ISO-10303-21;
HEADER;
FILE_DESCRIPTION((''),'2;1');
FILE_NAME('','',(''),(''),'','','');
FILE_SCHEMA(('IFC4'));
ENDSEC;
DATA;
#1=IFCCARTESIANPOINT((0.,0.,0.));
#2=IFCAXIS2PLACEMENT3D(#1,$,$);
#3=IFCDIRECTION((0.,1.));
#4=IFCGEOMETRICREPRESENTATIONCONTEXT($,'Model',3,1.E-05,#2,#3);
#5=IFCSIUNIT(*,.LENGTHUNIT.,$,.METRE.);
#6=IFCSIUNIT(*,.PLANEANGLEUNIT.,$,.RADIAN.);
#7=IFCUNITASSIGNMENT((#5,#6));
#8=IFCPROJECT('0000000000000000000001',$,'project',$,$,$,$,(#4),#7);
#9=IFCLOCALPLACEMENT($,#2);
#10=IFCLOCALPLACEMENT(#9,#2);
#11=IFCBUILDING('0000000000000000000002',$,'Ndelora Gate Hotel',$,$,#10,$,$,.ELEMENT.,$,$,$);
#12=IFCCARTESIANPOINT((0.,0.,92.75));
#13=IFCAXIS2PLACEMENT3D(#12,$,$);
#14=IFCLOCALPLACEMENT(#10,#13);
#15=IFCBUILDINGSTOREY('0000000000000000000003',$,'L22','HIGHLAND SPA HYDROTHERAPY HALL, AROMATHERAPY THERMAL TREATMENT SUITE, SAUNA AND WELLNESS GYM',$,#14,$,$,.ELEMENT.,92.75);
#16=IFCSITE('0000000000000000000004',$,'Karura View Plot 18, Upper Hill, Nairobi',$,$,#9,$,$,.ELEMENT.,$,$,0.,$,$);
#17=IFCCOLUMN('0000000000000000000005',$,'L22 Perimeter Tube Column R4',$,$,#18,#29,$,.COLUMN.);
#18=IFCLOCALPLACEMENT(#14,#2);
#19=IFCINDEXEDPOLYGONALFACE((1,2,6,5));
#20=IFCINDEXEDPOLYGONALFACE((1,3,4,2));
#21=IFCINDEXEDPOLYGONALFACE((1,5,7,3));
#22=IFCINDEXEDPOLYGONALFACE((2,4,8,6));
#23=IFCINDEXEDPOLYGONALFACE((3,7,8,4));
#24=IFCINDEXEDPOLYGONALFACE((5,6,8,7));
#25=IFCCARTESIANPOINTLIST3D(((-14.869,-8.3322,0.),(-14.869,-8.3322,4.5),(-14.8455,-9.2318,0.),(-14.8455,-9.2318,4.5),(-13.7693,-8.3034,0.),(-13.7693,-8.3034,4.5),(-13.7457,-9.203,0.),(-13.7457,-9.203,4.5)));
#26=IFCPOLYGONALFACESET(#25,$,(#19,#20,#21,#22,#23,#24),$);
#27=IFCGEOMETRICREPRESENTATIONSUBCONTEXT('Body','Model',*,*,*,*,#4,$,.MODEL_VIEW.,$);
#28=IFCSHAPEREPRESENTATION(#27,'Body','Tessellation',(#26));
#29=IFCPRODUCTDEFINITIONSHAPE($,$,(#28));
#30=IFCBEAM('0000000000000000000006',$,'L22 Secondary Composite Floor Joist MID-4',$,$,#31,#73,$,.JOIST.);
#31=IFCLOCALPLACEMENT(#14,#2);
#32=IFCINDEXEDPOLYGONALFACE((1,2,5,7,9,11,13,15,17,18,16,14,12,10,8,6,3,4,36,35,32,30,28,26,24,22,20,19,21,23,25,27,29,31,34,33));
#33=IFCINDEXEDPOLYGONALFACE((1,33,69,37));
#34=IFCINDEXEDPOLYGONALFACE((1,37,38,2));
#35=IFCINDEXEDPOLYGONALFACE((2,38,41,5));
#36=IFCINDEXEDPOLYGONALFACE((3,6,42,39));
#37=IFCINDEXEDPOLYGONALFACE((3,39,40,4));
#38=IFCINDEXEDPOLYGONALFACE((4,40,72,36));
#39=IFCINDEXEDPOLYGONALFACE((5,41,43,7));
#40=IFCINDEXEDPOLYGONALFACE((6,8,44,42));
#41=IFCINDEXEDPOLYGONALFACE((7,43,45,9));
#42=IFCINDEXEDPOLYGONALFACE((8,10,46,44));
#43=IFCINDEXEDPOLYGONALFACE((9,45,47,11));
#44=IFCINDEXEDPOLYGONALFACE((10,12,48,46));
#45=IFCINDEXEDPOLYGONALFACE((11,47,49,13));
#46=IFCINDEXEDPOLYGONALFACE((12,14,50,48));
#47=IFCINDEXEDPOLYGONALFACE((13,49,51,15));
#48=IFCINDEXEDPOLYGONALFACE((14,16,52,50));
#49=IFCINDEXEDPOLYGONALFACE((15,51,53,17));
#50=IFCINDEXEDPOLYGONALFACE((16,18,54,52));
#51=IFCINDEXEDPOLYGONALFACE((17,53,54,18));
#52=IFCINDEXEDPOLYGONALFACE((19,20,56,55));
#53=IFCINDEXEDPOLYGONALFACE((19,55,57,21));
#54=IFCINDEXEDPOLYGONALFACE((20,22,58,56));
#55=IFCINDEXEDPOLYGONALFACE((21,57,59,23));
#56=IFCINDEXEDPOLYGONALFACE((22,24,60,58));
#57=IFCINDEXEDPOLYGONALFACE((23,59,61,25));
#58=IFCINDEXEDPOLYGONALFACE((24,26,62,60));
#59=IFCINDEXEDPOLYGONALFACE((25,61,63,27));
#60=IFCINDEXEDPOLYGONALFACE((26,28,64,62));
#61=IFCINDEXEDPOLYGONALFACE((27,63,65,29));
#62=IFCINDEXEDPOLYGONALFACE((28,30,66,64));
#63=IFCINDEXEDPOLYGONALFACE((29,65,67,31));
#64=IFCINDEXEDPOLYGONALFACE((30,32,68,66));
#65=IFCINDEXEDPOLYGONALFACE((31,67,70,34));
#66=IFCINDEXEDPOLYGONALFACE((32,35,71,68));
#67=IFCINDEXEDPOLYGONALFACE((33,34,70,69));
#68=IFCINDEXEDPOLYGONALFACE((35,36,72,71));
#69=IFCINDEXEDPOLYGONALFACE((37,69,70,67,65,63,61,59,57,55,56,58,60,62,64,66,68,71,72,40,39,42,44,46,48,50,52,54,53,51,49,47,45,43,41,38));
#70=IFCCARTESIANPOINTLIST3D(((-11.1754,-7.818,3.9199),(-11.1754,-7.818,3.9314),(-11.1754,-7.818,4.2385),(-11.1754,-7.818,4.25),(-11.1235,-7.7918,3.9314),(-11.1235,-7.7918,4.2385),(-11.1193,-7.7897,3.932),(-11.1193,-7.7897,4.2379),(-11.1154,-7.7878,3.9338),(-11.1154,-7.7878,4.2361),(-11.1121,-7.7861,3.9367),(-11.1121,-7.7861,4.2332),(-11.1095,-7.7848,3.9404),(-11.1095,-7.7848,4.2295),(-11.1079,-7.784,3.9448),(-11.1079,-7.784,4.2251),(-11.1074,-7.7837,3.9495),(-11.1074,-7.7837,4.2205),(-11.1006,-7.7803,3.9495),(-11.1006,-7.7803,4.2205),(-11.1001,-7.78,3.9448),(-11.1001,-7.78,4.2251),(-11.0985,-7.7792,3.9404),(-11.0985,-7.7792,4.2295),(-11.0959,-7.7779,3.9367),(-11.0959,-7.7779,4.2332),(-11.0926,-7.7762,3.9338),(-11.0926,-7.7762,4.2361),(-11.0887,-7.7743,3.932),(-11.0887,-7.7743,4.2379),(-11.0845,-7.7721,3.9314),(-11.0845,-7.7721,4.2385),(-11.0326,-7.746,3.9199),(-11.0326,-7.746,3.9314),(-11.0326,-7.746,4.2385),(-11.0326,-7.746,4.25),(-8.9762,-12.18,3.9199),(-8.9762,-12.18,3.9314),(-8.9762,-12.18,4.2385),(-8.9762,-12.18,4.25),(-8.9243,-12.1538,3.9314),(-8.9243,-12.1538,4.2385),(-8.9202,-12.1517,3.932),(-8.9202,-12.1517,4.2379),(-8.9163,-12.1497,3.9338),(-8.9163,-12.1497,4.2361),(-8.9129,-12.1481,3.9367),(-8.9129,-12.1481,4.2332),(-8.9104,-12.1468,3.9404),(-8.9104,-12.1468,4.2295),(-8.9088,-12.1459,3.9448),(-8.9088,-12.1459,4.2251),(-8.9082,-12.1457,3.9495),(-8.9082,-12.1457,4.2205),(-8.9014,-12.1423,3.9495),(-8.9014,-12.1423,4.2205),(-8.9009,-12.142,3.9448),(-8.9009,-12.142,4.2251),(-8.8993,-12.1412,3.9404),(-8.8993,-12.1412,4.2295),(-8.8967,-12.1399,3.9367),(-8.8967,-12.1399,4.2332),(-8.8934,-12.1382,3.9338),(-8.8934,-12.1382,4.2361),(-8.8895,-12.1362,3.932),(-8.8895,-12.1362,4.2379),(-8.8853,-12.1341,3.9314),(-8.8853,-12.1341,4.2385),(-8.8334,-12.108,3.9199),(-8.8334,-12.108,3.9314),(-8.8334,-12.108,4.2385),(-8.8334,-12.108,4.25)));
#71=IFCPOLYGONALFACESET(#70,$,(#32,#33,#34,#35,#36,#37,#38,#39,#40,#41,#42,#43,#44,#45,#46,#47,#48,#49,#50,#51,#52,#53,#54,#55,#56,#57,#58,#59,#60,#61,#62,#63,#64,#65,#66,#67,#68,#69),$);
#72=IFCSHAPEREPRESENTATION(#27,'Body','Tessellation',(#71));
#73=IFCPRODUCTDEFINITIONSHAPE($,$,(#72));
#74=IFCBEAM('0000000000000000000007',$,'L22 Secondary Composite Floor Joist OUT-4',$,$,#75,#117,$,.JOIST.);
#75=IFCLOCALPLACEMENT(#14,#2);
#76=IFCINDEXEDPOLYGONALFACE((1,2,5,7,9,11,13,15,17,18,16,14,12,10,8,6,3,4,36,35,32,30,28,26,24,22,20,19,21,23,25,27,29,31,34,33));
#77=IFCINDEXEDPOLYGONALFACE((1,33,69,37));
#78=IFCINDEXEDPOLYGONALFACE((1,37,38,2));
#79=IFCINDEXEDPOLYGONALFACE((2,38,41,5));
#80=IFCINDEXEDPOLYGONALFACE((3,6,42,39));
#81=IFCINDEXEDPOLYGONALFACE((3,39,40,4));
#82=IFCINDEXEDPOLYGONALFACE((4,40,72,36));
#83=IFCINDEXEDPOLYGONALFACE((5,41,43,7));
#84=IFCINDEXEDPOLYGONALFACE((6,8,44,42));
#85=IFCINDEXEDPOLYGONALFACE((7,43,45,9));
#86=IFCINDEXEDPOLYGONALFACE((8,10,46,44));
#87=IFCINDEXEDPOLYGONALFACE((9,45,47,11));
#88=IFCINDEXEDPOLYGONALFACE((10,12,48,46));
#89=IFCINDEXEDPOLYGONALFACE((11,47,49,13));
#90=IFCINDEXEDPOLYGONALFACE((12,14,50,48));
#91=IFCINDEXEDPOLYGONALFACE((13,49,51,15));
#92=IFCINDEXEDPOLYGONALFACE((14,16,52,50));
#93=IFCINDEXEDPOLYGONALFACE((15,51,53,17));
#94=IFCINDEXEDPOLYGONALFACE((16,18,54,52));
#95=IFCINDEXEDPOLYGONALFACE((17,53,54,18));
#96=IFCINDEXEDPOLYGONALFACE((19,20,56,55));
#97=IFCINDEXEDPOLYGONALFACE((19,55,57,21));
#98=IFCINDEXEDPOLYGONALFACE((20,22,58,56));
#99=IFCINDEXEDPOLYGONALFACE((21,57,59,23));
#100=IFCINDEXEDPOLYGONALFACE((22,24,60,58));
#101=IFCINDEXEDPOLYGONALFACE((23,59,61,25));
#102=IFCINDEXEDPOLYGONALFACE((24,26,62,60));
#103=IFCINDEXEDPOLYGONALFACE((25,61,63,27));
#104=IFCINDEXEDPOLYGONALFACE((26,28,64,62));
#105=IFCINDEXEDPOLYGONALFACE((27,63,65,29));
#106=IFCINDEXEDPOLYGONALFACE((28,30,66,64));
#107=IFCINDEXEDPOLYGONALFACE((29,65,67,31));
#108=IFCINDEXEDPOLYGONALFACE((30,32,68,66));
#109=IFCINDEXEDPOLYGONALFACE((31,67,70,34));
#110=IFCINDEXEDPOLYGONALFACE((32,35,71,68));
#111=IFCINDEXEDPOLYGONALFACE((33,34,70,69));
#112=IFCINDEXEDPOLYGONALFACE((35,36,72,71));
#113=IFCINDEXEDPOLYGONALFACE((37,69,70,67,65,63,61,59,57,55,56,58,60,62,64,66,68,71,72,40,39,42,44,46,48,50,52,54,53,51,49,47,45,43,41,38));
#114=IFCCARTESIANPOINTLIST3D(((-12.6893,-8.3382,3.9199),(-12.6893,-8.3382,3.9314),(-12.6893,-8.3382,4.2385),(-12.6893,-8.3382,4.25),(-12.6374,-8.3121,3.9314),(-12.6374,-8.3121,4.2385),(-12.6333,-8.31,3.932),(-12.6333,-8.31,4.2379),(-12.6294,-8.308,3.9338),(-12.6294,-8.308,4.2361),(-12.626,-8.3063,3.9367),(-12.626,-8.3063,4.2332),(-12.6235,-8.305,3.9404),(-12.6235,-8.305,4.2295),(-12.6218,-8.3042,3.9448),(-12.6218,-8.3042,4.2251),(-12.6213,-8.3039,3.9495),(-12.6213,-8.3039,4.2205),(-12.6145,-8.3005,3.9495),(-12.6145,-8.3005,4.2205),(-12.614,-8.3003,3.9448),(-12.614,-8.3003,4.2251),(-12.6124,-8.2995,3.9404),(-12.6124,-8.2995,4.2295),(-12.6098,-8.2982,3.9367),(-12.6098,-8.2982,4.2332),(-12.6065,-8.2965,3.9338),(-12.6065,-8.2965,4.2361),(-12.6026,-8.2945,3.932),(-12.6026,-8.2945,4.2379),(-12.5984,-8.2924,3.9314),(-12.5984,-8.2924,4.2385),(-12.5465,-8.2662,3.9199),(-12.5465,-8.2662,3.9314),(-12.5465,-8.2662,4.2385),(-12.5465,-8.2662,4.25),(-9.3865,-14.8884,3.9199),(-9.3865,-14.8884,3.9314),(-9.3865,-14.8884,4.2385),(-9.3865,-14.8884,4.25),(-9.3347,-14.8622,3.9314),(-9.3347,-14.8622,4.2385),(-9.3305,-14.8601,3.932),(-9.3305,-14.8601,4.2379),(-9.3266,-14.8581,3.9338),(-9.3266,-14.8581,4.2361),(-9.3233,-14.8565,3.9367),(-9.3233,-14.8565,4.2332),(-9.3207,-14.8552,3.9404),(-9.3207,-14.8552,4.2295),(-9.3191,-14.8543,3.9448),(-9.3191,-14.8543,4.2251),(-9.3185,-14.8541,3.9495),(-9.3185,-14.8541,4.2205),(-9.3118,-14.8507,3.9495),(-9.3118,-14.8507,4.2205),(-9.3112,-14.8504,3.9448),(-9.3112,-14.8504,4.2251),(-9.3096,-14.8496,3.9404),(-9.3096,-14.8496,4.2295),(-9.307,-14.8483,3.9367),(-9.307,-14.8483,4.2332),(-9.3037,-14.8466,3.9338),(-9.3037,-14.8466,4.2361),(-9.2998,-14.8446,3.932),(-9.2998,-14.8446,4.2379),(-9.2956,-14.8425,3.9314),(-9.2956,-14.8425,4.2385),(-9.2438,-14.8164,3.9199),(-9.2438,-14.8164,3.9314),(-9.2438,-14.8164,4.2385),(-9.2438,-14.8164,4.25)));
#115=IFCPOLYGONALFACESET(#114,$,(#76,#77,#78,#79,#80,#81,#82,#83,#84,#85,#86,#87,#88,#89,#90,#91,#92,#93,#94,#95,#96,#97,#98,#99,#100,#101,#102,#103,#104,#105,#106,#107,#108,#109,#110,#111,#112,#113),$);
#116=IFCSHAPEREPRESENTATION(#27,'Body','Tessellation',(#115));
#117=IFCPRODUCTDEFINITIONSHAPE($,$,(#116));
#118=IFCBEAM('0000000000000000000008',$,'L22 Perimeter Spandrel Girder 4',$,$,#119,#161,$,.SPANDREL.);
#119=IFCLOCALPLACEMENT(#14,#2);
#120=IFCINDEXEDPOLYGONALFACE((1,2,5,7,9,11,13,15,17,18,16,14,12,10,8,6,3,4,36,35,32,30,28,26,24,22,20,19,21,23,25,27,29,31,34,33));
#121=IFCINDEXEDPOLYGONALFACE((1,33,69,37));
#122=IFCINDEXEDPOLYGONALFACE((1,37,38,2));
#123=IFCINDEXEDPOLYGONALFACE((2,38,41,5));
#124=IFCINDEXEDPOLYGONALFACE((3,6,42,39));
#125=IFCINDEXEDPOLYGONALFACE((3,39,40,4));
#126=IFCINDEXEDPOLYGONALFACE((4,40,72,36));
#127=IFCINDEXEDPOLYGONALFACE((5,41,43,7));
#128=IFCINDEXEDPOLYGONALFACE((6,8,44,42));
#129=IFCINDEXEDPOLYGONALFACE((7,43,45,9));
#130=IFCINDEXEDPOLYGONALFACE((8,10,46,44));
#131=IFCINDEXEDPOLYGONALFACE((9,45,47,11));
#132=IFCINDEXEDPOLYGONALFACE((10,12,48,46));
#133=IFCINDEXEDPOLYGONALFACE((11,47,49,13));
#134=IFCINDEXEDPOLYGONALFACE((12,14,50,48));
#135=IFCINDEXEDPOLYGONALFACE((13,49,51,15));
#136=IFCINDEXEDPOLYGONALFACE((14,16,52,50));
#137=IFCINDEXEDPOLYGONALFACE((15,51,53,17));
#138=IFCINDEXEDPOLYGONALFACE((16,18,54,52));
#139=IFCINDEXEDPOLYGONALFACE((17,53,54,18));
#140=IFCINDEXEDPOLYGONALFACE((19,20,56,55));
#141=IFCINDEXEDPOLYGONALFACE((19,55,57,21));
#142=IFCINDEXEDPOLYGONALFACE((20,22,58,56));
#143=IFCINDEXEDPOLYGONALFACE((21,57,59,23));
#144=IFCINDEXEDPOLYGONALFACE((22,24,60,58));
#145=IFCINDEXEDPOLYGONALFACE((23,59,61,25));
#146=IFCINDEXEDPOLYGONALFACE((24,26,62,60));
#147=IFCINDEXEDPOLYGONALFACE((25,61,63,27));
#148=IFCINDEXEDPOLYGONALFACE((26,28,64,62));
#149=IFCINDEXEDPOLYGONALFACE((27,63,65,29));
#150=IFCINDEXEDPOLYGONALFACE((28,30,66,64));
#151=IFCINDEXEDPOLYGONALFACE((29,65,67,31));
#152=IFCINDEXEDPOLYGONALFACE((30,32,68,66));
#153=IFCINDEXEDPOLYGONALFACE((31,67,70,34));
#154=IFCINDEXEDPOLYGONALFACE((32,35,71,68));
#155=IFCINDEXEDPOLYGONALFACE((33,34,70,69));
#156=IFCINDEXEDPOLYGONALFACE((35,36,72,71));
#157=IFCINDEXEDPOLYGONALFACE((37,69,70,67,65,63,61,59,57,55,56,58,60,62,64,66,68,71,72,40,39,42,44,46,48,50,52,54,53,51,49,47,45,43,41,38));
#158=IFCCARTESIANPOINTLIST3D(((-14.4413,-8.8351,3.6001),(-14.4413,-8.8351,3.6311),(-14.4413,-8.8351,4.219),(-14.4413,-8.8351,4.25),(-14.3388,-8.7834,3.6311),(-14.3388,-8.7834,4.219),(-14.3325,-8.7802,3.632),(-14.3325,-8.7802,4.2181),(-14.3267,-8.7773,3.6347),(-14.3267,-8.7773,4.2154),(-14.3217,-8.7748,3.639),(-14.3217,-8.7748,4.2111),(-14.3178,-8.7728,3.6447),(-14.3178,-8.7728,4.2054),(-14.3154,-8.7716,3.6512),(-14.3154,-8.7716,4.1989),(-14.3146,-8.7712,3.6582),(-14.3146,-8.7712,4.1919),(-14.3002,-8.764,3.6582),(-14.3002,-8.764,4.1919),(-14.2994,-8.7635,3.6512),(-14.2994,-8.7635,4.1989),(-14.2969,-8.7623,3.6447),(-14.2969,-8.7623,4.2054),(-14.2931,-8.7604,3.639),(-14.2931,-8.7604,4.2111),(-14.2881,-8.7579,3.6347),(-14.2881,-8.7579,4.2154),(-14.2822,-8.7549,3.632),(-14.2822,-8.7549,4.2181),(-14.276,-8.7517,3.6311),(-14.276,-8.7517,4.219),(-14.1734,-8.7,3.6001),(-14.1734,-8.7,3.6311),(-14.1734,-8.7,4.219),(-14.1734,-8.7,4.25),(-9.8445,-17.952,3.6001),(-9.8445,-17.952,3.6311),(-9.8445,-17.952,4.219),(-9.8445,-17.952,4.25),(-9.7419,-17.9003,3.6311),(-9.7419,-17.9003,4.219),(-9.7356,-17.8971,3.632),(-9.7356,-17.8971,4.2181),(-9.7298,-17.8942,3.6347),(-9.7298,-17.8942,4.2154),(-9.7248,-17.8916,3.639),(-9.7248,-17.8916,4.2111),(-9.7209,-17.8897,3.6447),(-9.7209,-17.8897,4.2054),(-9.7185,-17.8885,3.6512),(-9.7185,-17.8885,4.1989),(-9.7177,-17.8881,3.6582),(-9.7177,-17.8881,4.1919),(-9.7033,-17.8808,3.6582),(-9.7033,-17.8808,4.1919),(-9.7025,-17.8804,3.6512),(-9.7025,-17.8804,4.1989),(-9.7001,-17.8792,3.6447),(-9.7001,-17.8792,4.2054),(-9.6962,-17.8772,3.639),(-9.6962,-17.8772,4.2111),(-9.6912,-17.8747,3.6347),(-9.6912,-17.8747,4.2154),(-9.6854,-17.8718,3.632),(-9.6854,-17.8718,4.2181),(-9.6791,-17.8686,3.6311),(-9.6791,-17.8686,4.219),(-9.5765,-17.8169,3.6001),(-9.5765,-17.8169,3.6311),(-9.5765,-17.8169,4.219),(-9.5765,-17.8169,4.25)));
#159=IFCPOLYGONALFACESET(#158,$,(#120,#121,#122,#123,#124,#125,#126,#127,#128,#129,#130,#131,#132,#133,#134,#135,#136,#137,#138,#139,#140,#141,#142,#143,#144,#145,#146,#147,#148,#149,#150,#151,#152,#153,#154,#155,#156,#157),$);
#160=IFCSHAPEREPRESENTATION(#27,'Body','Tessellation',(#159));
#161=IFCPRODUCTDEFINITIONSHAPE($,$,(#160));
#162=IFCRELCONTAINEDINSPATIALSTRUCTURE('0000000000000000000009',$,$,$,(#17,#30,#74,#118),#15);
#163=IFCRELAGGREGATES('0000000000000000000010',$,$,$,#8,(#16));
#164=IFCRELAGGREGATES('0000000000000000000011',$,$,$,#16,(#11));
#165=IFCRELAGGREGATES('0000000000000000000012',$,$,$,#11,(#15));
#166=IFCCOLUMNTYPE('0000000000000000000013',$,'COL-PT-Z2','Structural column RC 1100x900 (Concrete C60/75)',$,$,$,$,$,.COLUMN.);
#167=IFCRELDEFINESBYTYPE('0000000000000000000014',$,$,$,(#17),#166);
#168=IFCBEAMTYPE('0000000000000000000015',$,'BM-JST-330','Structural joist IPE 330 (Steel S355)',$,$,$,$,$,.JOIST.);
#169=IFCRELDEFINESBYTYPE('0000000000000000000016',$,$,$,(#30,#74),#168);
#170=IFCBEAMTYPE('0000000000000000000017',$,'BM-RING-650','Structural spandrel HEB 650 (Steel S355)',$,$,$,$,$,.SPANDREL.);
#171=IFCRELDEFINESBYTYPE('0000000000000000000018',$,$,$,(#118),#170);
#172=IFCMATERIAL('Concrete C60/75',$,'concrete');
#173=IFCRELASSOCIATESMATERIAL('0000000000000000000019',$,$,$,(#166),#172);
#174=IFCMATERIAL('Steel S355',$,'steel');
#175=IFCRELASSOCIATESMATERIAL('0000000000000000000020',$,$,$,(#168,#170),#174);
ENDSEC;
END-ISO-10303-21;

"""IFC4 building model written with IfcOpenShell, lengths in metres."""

from ifc_helpers import new_model, si_unit, direction, frame, origin, origin_2d, place, context, subcontext, project, spatial, rectangle, i_section, extrude, material, material_profile, profile_set, type_object, element, save


model = new_model("IFC4")

# Units and contexts
model_context = context("Model", 3, precision=1e-05, world=origin(), true_north=direction((0.0, 1.0)))
body_context = subcontext(model_context, "Body", "Model", "MODEL_VIEW")
ifc_project = project(units=[si_unit("LENGTHUNIT", "METRE"), si_unit("PLANEANGLEUNIT", "RADIAN")], contexts=[model_context])

# Site, building, storey
site_placement = place(None, origin())
site = spatial("IfcSite", under=ifc_project, at=site_placement, Name="Karura View Plot 18, Upper Hill, Nairobi", CompositionType="ELEMENT", RefElevation=0.0)
building_placement = place(site_placement, origin())
building = spatial("IfcBuilding", under=site, at=building_placement, Name="Ndelora Gate Hotel", CompositionType="ELEMENT")
storey_placement = place(building_placement, frame((0.0, 0.0, 92.75)))
storey = spatial("IfcBuildingStorey", under=building, at=storey_placement, Name="L22", Description="HIGHLAND SPA HYDROTHERAPY HALL, AROMATHERAPY THERMAL TREATMENT SUITE, SAUNA AND WELLNESS GYM", CompositionType="ELEMENT", Elevation=92.75)

# Column
ifc_material_1 = material(Name="Concrete C60/75", Category="concrete")
ifc_material_profile_1 = material_profile(ifc_material_1, rectangle(XDim=0.8999, YDim=1.1001, at=origin_2d()), Name="RC 1100x900")
ifc_profile_set_1 = profile_set([ifc_material_profile_1], Name="Concrete C60/75")
column_type = type_object("IfcColumnType", Name="COL-PT-Z2", Description="Structural column RC 1100x900 (Concrete C60/75)", PredefinedType="COLUMN", material=ifc_profile_set_1)
column_placement = place(storey_placement, frame((-14.3074, -8.7676, 0.0), z_axis=(0.0, 0.0, 1.0), x_axis=(-0.026177, 0.999657, 0.0)))
element("IfcColumn", 1, at=column_placement, inside=storey, type_object=column_type, Name="L22 Perimeter Tube Column R4", PredefinedType="COLUMN", context=body_context, shape_type="SweptSolid", body=[
    extrude(rectangle(XDim=0.8999, YDim=1.1001, at=origin_2d()), origin(), (0.0, 0.0, 1.0), 4.5),
])

# Beams
ifc_material_2 = material(Name="Steel S355", Category="steel")
ifc_material_profile_2 = material_profile(ifc_material_2, i_section(OverallWidth=0.1599, OverallDepth=0.3301, WebThickness=0.0076, FlangeThickness=0.0115, FilletRadius=0.0181, at=origin_2d()), Name="IPE 330")
ifc_profile_set_2 = profile_set([ifc_material_profile_2], Name="Steel S355")
beam_type_1 = type_object("IfcBeamType", Name="BM-JST-330", Description="Structural joist IPE 330 (Steel S355)", PredefinedType="JOIST", material=ifc_profile_set_2)
beam_1_placement = place(storey_placement, frame((-11.104, -7.782, 4.085), z_axis=(0.45019, -0.892933, 0.0), x_axis=(0.892933, 0.45019, 0.0)))
element("IfcBeam", 2, at=beam_1_placement, inside=storey, type_object=beam_type_1, Name="L22 Secondary Composite Floor Joist MID-4", PredefinedType="JOIST", context=body_context, shape_type="SweptSolid", body=[
    extrude(i_section(OverallWidth=0.1599, OverallDepth=0.3301, WebThickness=0.0076, FlangeThickness=0.0115, FilletRadius=0.0181, at=origin_2d()), origin(), (0.0, 0.0, 1.0), 4.885),
])
beam_2_placement = place(storey_placement, frame((-12.6179, -8.3022, 4.085), z_axis=(0.450233, -0.892911, 0.0), x_axis=(0.892911, 0.450233, 0.0)))
element("IfcBeam", 3, at=beam_2_placement, inside=storey, type_object=beam_type_1, Name="L22 Secondary Composite Floor Joist OUT-4", PredefinedType="JOIST", context=body_context, shape_type="SweptSolid", body=[
    extrude(i_section(OverallWidth=0.1599, OverallDepth=0.3301, WebThickness=0.0076, FlangeThickness=0.0115, FilletRadius=0.0181, at=origin_2d()), origin(), (0.0, 0.0, 1.0), 7.3357),
])
ifc_material_profile_3 = material_profile(ifc_material_2, i_section(OverallWidth=0.3, OverallDepth=0.6499, WebThickness=0.0161, FlangeThickness=0.031, FilletRadius=0.0271, at=origin_2d()), Name="HEB 650")
ifc_profile_set_3 = profile_set([ifc_material_profile_3], Name="Steel S355")
beam_type_2 = type_object("IfcBeamType", Name="BM-RING-650", Description="Structural spandrel HEB 650 (Steel S355)", PredefinedType="SPANDREL", material=ifc_profile_set_3)
beam_3_placement = place(storey_placement, frame((-14.3074, -8.7676, 3.925), z_axis=(0.450224, -0.892916, 0.0), x_axis=(0.892916, 0.450224, 0.0)))
element("IfcBeam", 4, at=beam_3_placement, inside=storey, type_object=beam_type_2, Name="L22 Perimeter Spandrel Girder 4", PredefinedType="SPANDREL", context=body_context, shape_type="SweptSolid", body=[
    extrude(i_section(OverallWidth=0.3, OverallDepth=0.6499, WebThickness=0.0161, FlangeThickness=0.031, FilletRadius=0.0271, at=origin_2d()), origin(), (0.0, 0.0, 1.0), 10.2102),
])

save(model, "model.ifc")
